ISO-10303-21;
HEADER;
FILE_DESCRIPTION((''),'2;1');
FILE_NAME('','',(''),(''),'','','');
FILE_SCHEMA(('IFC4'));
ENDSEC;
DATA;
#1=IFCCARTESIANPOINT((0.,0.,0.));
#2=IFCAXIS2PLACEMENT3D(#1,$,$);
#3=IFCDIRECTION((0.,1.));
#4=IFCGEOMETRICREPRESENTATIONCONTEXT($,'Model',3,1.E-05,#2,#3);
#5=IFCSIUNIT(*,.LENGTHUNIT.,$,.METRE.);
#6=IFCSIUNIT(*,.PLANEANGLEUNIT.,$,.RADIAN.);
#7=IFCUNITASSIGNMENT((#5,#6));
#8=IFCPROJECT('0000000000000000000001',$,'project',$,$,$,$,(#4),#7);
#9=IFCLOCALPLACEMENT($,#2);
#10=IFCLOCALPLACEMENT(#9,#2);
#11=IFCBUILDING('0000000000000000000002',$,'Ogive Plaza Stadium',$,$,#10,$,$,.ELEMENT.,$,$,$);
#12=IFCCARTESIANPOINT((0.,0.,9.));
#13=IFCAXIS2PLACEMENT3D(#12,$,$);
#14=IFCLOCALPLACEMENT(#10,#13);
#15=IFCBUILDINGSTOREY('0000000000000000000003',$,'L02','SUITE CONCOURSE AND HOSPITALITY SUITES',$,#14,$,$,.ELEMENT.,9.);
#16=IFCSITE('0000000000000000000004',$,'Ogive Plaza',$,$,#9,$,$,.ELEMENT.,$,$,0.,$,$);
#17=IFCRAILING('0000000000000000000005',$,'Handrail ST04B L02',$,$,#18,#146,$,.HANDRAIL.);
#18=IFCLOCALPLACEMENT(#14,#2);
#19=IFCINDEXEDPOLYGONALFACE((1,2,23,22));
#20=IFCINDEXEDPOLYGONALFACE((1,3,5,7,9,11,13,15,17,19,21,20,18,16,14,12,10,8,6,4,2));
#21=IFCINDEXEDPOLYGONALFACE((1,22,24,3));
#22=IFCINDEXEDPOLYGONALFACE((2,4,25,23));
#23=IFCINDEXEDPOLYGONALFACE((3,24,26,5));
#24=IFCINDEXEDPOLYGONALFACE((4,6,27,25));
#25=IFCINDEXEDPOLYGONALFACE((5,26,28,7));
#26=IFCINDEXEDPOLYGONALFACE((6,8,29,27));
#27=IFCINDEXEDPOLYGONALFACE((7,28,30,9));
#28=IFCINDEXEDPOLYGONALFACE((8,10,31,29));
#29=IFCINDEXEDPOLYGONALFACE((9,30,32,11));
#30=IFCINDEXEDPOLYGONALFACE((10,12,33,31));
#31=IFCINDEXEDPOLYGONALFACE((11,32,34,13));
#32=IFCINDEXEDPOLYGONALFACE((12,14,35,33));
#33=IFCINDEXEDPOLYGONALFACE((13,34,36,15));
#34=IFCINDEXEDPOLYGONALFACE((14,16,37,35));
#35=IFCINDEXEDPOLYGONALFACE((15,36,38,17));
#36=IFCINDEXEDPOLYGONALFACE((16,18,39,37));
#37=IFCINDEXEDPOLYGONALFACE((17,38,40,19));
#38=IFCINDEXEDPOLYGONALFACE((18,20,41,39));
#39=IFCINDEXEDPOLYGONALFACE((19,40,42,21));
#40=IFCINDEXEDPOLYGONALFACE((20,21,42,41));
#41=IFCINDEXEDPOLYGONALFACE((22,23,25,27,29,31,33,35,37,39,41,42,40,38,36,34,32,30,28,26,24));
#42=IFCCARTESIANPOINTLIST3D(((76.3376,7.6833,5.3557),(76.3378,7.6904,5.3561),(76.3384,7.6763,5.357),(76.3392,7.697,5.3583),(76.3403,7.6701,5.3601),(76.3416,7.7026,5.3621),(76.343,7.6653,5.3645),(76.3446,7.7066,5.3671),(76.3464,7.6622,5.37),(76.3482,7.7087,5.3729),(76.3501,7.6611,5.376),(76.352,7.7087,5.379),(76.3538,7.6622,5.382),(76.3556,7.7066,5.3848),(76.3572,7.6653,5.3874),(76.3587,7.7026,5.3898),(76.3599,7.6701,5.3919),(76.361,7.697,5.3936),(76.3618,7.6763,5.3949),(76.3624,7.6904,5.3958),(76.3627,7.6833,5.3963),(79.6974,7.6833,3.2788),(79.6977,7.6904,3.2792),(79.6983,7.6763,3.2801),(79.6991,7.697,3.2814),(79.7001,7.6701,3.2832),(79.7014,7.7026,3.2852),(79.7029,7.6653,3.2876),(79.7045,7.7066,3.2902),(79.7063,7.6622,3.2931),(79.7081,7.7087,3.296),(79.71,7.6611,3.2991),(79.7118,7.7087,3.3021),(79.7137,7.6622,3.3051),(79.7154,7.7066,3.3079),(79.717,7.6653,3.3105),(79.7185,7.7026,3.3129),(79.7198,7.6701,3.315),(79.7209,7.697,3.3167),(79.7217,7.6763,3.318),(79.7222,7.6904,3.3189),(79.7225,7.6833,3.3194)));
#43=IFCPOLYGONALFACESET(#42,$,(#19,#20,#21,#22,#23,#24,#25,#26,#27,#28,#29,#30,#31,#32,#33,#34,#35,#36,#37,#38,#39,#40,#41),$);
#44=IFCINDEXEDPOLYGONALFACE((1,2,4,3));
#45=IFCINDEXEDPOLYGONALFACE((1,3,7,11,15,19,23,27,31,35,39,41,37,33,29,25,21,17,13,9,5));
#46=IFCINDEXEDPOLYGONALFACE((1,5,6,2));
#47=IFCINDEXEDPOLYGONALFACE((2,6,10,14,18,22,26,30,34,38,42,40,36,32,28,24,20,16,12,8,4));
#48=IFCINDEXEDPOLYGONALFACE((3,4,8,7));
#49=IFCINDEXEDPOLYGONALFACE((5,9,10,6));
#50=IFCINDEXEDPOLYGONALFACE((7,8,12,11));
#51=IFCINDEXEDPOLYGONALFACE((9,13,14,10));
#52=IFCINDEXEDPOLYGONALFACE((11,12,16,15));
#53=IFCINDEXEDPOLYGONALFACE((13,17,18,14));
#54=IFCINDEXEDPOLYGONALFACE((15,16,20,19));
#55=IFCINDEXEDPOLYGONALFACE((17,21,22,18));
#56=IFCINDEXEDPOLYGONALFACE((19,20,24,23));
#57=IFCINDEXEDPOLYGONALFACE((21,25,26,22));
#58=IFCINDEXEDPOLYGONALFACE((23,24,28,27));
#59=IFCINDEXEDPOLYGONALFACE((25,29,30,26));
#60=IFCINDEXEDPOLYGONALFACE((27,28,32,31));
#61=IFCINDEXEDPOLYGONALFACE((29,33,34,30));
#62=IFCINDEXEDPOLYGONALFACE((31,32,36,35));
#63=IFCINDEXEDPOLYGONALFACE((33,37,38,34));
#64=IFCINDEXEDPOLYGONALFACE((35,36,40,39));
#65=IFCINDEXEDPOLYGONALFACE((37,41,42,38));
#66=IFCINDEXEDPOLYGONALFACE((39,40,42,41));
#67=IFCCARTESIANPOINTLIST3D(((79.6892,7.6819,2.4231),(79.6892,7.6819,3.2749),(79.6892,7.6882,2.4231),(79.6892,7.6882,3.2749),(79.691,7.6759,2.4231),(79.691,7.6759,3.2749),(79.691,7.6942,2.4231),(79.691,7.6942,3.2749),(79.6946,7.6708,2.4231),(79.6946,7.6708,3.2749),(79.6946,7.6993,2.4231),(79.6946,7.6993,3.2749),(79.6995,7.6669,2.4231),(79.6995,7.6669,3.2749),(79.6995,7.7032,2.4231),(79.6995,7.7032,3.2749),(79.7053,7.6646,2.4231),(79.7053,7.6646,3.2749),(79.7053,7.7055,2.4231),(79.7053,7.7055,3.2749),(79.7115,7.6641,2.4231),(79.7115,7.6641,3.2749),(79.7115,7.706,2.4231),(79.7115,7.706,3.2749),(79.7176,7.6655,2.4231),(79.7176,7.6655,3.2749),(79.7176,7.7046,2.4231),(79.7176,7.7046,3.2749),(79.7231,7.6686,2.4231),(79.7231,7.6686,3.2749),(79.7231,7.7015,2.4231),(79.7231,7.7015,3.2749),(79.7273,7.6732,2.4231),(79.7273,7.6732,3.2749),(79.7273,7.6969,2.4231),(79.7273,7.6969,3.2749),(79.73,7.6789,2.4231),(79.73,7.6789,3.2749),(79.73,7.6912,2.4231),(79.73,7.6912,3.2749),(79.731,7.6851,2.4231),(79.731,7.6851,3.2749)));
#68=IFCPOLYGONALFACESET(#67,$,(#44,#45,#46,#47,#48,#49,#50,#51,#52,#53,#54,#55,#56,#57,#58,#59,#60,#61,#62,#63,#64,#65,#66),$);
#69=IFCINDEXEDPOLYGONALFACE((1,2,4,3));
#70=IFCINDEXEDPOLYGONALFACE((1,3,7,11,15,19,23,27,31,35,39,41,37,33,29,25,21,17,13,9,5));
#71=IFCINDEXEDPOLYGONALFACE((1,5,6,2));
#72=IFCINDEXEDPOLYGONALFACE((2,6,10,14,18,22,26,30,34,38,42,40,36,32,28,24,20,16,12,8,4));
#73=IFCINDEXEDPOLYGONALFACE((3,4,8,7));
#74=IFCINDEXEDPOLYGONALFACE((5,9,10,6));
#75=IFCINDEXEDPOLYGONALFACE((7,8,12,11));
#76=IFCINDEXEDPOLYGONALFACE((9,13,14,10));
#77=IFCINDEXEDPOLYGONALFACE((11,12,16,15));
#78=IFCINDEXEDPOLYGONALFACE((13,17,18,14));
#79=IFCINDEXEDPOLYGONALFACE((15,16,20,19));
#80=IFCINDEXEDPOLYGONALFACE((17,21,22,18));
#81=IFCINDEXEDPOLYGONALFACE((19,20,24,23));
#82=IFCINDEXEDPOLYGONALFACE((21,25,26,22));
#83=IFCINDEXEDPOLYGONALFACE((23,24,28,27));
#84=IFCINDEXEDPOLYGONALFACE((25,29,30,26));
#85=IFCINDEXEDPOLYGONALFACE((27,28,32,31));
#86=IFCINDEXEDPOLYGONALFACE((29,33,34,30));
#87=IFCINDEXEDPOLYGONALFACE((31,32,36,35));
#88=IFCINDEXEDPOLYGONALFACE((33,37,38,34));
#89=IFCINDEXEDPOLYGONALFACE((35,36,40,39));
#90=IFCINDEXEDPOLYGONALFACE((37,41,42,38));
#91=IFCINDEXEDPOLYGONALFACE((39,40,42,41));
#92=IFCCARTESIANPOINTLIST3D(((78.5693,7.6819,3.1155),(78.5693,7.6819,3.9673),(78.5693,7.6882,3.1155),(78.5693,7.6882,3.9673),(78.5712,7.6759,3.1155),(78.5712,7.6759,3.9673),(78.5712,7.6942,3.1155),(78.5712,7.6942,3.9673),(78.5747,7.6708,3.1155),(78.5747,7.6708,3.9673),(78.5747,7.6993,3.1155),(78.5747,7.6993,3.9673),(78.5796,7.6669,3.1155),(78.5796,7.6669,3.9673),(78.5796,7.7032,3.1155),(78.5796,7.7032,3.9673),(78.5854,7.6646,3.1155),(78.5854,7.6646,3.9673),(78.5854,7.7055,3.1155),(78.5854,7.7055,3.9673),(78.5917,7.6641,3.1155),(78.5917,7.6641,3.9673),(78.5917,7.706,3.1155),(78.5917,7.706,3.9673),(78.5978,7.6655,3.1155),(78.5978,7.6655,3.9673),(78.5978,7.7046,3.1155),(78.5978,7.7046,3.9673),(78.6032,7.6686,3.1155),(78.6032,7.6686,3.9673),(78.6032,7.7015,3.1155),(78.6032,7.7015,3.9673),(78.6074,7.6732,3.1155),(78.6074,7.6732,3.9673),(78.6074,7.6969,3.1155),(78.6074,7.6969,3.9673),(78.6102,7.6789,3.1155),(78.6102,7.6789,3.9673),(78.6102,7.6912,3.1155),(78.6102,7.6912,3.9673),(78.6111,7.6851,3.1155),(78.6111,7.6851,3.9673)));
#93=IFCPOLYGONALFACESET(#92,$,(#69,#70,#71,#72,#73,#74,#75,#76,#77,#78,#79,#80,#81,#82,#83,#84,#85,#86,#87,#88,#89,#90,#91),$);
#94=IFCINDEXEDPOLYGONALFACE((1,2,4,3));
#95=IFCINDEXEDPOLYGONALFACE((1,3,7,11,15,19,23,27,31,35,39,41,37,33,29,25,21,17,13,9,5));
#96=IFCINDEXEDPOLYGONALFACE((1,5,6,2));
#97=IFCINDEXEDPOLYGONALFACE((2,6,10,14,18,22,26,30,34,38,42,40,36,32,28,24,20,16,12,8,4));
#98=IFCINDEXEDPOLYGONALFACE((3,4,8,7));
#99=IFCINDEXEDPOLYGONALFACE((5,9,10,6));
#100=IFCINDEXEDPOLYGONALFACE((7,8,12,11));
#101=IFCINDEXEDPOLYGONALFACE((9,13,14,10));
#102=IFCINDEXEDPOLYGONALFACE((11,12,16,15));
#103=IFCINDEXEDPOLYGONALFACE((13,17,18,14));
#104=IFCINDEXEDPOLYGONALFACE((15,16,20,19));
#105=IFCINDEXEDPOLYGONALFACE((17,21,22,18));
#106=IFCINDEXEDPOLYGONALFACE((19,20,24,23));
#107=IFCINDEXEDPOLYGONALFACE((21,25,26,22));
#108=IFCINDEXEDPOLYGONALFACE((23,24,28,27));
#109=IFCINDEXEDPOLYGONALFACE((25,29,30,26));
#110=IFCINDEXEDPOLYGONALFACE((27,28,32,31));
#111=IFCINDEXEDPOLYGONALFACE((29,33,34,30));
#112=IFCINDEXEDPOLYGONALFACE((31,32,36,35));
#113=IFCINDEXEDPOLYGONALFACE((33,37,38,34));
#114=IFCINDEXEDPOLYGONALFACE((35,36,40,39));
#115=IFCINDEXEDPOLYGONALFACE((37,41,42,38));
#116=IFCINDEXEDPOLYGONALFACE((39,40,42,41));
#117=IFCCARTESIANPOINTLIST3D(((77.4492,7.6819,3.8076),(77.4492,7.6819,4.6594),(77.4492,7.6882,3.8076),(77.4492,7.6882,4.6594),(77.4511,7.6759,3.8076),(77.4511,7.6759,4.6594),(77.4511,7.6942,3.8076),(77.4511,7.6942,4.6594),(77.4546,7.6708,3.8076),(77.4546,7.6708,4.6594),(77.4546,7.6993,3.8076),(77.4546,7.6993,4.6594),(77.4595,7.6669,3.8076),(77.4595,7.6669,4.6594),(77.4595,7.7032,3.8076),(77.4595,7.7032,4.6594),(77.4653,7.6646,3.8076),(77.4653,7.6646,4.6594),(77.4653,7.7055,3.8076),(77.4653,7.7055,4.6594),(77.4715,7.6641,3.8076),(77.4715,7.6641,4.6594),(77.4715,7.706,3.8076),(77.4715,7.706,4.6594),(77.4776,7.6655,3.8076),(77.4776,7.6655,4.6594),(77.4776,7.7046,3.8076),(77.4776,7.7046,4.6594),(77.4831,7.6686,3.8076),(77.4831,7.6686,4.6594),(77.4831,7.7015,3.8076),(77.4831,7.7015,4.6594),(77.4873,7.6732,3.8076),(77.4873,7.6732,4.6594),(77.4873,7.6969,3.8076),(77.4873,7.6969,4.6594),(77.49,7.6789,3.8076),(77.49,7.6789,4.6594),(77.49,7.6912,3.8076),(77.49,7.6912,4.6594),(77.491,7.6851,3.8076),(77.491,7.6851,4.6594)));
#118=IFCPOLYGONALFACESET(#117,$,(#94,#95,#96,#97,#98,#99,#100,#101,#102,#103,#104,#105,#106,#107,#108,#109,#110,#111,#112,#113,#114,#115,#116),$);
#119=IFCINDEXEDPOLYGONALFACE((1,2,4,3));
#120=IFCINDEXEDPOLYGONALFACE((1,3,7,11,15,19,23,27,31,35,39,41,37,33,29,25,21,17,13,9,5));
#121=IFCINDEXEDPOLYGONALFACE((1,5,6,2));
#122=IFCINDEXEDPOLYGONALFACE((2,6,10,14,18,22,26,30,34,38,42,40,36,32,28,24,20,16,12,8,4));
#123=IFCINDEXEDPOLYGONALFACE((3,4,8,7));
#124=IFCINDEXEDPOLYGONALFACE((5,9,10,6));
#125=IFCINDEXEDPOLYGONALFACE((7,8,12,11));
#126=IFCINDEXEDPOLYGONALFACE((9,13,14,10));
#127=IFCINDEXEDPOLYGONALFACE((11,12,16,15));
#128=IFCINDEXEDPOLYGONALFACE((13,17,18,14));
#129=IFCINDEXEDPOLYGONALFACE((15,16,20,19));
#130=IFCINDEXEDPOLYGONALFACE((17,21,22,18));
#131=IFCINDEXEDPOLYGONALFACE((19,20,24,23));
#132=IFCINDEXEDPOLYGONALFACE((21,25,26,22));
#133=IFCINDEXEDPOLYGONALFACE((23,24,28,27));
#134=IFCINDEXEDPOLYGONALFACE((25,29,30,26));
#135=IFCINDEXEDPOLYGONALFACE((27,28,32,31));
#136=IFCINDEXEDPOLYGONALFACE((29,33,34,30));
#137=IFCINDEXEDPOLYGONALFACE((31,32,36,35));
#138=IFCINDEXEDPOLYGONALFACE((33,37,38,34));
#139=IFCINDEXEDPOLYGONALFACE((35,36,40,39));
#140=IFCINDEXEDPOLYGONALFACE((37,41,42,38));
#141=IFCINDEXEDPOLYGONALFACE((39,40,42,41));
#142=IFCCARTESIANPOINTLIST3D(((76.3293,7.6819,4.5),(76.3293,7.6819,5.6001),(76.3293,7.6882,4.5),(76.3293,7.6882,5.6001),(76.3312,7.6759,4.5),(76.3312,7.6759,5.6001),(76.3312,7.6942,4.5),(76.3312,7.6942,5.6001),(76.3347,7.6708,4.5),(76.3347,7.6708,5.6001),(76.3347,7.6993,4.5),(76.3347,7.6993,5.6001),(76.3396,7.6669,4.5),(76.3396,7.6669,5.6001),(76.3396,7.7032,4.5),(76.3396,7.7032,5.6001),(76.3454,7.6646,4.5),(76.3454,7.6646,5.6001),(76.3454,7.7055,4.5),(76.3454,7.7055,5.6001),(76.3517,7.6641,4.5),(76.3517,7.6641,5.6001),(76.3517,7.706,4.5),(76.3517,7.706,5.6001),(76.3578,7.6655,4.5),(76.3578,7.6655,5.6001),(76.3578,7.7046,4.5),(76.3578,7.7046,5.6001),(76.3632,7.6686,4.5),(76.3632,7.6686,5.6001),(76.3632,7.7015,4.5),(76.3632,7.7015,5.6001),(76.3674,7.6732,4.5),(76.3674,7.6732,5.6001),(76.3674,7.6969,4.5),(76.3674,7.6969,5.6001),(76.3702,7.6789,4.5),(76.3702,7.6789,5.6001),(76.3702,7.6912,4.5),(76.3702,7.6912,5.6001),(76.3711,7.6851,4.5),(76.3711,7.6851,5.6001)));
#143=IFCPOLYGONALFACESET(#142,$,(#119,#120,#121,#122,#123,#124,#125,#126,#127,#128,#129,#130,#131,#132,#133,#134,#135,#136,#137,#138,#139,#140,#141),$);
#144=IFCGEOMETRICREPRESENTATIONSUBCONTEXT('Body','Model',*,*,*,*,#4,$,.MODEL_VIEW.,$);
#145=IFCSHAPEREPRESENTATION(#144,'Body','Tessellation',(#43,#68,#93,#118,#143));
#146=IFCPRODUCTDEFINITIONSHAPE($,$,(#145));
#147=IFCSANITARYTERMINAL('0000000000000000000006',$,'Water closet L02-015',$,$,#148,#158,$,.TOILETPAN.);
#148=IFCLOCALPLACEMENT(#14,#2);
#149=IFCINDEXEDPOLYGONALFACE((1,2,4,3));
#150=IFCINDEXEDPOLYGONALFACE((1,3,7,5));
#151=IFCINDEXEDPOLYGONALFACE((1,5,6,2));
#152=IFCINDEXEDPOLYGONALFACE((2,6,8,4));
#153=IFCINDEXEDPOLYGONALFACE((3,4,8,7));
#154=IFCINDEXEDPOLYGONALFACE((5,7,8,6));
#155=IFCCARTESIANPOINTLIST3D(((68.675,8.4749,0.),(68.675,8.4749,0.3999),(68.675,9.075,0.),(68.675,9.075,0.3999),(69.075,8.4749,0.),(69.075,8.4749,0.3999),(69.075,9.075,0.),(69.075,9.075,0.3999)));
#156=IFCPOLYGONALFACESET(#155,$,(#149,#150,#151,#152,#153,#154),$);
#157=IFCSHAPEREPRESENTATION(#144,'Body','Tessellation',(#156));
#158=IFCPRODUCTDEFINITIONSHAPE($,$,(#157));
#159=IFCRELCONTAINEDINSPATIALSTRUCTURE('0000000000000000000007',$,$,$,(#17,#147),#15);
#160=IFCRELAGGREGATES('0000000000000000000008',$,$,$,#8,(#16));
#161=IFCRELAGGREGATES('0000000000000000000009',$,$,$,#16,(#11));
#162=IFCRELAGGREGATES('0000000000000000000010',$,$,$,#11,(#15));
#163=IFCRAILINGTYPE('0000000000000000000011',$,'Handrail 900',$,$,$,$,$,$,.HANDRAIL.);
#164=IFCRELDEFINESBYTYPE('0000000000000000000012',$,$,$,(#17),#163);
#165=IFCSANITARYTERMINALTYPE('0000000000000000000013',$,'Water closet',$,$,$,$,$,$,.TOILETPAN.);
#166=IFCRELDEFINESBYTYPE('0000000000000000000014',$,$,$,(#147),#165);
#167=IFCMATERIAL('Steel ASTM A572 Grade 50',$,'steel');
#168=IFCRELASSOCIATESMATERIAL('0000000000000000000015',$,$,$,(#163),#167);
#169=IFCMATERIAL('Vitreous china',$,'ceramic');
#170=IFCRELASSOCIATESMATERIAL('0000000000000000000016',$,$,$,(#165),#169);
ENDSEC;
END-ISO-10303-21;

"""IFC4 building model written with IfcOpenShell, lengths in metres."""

from ifc_helpers import new_model, si_unit, direction, frame, origin, origin_2d, place, context, subcontext, project, spatial, rectangle, circle, extrude, material, type_object, element, save


model = new_model("IFC4")

# Units and contexts
model_context = context("Model", 3, precision=1e-05, world=origin(), true_north=direction((0.0, 1.0)))
body_context = subcontext(model_context, "Body", "Model", "MODEL_VIEW")
ifc_project = project(units=[si_unit("LENGTHUNIT", "METRE"), si_unit("PLANEANGLEUNIT", "RADIAN")], contexts=[model_context])

# Site, building, storey
site_placement = place(None, origin())
site = spatial("IfcSite", under=ifc_project, at=site_placement, Name="Ogive Plaza", CompositionType="ELEMENT", RefElevation=0.0)
building_placement = place(site_placement, origin())
building = spatial("IfcBuilding", under=site, at=building_placement, Name="Ogive Plaza Stadium", CompositionType="ELEMENT")
storey_placement = place(building_placement, frame((0.0, 0.0, 9.0)))
storey = spatial("IfcBuildingStorey", under=building, at=storey_placement, Name="L02", Description="SUITE CONCOURSE AND HOSPITALITY SUITES", CompositionType="ELEMENT", Elevation=9.0)

# Railing
ifc_material_1 = material(Name="Steel ASTM A572 Grade 50", Category="steel")
railing_type_1 = type_object("IfcRailingType", Name="Handrail 900", PredefinedType="HANDRAIL", material=ifc_material_1)
for number, where, name in (
    (1, (79.71, 7.6851, 2.4231), "Handrail ST04B L02"),
):
    element("IfcRailing", number, at=place(storey_placement, frame(where)), inside=storey, type_object=railing_type_1, Name=name, PredefinedType="HANDRAIL", context=body_context, shape_type="SweptSolid", body=[
        extrude(circle(Radius=0.0239, at=origin_2d()), frame((0.0, 0.0, 0.876), z_axis=(-0.850606, 0.0, 0.525803), x_axis=(0.0, -1.0, 0.0)), (0.0, 0.0, 1.0), 3.95),
        extrude(circle(Radius=0.021, at=origin_2d()), origin(), (0.0, 0.0, 1.0), 0.8518),
        extrude(circle(Radius=0.021, at=origin_2d()), frame((-1.1199, 0.0, 0.6924)), (0.0, 0.0, 1.0), 0.8518),
        extrude(circle(Radius=0.021, at=origin_2d()), frame((-2.24, 0.0, 1.3845)), (0.0, 0.0, 1.0), 0.8518),
        extrude(circle(Radius=0.021, at=origin_2d()), frame((-3.3599, 0.0, 2.0769)), (0.0, 0.0, 1.0), 1.1001),
    ])

# Sanitary terminal
ifc_material_2 = material(Name="Vitreous china", Category="ceramic")
sanitary_terminal_type = type_object("IfcSanitaryTerminalType", Name="Water closet", PredefinedType="TOILETPAN", material=ifc_material_2)
sanitary_terminal_placement = place(storey_placement, frame((68.875, 8.7749, 0.0), z_axis=(0.0, 0.0, 1.0), x_axis=(-1.0, 0.0, 0.0)))
element("IfcSanitaryTerminal", 2, at=sanitary_terminal_placement, inside=storey, type_object=sanitary_terminal_type, Name="Water closet L02-015", PredefinedType="TOILETPAN", context=body_context, shape_type="SweptSolid", body=[
    extrude(rectangle(XDim=0.3999, YDim=0.6001, at=origin_2d()), origin(), (0.0, 0.0, 1.0), 0.3999),
])

save(model, "model.ifc")
